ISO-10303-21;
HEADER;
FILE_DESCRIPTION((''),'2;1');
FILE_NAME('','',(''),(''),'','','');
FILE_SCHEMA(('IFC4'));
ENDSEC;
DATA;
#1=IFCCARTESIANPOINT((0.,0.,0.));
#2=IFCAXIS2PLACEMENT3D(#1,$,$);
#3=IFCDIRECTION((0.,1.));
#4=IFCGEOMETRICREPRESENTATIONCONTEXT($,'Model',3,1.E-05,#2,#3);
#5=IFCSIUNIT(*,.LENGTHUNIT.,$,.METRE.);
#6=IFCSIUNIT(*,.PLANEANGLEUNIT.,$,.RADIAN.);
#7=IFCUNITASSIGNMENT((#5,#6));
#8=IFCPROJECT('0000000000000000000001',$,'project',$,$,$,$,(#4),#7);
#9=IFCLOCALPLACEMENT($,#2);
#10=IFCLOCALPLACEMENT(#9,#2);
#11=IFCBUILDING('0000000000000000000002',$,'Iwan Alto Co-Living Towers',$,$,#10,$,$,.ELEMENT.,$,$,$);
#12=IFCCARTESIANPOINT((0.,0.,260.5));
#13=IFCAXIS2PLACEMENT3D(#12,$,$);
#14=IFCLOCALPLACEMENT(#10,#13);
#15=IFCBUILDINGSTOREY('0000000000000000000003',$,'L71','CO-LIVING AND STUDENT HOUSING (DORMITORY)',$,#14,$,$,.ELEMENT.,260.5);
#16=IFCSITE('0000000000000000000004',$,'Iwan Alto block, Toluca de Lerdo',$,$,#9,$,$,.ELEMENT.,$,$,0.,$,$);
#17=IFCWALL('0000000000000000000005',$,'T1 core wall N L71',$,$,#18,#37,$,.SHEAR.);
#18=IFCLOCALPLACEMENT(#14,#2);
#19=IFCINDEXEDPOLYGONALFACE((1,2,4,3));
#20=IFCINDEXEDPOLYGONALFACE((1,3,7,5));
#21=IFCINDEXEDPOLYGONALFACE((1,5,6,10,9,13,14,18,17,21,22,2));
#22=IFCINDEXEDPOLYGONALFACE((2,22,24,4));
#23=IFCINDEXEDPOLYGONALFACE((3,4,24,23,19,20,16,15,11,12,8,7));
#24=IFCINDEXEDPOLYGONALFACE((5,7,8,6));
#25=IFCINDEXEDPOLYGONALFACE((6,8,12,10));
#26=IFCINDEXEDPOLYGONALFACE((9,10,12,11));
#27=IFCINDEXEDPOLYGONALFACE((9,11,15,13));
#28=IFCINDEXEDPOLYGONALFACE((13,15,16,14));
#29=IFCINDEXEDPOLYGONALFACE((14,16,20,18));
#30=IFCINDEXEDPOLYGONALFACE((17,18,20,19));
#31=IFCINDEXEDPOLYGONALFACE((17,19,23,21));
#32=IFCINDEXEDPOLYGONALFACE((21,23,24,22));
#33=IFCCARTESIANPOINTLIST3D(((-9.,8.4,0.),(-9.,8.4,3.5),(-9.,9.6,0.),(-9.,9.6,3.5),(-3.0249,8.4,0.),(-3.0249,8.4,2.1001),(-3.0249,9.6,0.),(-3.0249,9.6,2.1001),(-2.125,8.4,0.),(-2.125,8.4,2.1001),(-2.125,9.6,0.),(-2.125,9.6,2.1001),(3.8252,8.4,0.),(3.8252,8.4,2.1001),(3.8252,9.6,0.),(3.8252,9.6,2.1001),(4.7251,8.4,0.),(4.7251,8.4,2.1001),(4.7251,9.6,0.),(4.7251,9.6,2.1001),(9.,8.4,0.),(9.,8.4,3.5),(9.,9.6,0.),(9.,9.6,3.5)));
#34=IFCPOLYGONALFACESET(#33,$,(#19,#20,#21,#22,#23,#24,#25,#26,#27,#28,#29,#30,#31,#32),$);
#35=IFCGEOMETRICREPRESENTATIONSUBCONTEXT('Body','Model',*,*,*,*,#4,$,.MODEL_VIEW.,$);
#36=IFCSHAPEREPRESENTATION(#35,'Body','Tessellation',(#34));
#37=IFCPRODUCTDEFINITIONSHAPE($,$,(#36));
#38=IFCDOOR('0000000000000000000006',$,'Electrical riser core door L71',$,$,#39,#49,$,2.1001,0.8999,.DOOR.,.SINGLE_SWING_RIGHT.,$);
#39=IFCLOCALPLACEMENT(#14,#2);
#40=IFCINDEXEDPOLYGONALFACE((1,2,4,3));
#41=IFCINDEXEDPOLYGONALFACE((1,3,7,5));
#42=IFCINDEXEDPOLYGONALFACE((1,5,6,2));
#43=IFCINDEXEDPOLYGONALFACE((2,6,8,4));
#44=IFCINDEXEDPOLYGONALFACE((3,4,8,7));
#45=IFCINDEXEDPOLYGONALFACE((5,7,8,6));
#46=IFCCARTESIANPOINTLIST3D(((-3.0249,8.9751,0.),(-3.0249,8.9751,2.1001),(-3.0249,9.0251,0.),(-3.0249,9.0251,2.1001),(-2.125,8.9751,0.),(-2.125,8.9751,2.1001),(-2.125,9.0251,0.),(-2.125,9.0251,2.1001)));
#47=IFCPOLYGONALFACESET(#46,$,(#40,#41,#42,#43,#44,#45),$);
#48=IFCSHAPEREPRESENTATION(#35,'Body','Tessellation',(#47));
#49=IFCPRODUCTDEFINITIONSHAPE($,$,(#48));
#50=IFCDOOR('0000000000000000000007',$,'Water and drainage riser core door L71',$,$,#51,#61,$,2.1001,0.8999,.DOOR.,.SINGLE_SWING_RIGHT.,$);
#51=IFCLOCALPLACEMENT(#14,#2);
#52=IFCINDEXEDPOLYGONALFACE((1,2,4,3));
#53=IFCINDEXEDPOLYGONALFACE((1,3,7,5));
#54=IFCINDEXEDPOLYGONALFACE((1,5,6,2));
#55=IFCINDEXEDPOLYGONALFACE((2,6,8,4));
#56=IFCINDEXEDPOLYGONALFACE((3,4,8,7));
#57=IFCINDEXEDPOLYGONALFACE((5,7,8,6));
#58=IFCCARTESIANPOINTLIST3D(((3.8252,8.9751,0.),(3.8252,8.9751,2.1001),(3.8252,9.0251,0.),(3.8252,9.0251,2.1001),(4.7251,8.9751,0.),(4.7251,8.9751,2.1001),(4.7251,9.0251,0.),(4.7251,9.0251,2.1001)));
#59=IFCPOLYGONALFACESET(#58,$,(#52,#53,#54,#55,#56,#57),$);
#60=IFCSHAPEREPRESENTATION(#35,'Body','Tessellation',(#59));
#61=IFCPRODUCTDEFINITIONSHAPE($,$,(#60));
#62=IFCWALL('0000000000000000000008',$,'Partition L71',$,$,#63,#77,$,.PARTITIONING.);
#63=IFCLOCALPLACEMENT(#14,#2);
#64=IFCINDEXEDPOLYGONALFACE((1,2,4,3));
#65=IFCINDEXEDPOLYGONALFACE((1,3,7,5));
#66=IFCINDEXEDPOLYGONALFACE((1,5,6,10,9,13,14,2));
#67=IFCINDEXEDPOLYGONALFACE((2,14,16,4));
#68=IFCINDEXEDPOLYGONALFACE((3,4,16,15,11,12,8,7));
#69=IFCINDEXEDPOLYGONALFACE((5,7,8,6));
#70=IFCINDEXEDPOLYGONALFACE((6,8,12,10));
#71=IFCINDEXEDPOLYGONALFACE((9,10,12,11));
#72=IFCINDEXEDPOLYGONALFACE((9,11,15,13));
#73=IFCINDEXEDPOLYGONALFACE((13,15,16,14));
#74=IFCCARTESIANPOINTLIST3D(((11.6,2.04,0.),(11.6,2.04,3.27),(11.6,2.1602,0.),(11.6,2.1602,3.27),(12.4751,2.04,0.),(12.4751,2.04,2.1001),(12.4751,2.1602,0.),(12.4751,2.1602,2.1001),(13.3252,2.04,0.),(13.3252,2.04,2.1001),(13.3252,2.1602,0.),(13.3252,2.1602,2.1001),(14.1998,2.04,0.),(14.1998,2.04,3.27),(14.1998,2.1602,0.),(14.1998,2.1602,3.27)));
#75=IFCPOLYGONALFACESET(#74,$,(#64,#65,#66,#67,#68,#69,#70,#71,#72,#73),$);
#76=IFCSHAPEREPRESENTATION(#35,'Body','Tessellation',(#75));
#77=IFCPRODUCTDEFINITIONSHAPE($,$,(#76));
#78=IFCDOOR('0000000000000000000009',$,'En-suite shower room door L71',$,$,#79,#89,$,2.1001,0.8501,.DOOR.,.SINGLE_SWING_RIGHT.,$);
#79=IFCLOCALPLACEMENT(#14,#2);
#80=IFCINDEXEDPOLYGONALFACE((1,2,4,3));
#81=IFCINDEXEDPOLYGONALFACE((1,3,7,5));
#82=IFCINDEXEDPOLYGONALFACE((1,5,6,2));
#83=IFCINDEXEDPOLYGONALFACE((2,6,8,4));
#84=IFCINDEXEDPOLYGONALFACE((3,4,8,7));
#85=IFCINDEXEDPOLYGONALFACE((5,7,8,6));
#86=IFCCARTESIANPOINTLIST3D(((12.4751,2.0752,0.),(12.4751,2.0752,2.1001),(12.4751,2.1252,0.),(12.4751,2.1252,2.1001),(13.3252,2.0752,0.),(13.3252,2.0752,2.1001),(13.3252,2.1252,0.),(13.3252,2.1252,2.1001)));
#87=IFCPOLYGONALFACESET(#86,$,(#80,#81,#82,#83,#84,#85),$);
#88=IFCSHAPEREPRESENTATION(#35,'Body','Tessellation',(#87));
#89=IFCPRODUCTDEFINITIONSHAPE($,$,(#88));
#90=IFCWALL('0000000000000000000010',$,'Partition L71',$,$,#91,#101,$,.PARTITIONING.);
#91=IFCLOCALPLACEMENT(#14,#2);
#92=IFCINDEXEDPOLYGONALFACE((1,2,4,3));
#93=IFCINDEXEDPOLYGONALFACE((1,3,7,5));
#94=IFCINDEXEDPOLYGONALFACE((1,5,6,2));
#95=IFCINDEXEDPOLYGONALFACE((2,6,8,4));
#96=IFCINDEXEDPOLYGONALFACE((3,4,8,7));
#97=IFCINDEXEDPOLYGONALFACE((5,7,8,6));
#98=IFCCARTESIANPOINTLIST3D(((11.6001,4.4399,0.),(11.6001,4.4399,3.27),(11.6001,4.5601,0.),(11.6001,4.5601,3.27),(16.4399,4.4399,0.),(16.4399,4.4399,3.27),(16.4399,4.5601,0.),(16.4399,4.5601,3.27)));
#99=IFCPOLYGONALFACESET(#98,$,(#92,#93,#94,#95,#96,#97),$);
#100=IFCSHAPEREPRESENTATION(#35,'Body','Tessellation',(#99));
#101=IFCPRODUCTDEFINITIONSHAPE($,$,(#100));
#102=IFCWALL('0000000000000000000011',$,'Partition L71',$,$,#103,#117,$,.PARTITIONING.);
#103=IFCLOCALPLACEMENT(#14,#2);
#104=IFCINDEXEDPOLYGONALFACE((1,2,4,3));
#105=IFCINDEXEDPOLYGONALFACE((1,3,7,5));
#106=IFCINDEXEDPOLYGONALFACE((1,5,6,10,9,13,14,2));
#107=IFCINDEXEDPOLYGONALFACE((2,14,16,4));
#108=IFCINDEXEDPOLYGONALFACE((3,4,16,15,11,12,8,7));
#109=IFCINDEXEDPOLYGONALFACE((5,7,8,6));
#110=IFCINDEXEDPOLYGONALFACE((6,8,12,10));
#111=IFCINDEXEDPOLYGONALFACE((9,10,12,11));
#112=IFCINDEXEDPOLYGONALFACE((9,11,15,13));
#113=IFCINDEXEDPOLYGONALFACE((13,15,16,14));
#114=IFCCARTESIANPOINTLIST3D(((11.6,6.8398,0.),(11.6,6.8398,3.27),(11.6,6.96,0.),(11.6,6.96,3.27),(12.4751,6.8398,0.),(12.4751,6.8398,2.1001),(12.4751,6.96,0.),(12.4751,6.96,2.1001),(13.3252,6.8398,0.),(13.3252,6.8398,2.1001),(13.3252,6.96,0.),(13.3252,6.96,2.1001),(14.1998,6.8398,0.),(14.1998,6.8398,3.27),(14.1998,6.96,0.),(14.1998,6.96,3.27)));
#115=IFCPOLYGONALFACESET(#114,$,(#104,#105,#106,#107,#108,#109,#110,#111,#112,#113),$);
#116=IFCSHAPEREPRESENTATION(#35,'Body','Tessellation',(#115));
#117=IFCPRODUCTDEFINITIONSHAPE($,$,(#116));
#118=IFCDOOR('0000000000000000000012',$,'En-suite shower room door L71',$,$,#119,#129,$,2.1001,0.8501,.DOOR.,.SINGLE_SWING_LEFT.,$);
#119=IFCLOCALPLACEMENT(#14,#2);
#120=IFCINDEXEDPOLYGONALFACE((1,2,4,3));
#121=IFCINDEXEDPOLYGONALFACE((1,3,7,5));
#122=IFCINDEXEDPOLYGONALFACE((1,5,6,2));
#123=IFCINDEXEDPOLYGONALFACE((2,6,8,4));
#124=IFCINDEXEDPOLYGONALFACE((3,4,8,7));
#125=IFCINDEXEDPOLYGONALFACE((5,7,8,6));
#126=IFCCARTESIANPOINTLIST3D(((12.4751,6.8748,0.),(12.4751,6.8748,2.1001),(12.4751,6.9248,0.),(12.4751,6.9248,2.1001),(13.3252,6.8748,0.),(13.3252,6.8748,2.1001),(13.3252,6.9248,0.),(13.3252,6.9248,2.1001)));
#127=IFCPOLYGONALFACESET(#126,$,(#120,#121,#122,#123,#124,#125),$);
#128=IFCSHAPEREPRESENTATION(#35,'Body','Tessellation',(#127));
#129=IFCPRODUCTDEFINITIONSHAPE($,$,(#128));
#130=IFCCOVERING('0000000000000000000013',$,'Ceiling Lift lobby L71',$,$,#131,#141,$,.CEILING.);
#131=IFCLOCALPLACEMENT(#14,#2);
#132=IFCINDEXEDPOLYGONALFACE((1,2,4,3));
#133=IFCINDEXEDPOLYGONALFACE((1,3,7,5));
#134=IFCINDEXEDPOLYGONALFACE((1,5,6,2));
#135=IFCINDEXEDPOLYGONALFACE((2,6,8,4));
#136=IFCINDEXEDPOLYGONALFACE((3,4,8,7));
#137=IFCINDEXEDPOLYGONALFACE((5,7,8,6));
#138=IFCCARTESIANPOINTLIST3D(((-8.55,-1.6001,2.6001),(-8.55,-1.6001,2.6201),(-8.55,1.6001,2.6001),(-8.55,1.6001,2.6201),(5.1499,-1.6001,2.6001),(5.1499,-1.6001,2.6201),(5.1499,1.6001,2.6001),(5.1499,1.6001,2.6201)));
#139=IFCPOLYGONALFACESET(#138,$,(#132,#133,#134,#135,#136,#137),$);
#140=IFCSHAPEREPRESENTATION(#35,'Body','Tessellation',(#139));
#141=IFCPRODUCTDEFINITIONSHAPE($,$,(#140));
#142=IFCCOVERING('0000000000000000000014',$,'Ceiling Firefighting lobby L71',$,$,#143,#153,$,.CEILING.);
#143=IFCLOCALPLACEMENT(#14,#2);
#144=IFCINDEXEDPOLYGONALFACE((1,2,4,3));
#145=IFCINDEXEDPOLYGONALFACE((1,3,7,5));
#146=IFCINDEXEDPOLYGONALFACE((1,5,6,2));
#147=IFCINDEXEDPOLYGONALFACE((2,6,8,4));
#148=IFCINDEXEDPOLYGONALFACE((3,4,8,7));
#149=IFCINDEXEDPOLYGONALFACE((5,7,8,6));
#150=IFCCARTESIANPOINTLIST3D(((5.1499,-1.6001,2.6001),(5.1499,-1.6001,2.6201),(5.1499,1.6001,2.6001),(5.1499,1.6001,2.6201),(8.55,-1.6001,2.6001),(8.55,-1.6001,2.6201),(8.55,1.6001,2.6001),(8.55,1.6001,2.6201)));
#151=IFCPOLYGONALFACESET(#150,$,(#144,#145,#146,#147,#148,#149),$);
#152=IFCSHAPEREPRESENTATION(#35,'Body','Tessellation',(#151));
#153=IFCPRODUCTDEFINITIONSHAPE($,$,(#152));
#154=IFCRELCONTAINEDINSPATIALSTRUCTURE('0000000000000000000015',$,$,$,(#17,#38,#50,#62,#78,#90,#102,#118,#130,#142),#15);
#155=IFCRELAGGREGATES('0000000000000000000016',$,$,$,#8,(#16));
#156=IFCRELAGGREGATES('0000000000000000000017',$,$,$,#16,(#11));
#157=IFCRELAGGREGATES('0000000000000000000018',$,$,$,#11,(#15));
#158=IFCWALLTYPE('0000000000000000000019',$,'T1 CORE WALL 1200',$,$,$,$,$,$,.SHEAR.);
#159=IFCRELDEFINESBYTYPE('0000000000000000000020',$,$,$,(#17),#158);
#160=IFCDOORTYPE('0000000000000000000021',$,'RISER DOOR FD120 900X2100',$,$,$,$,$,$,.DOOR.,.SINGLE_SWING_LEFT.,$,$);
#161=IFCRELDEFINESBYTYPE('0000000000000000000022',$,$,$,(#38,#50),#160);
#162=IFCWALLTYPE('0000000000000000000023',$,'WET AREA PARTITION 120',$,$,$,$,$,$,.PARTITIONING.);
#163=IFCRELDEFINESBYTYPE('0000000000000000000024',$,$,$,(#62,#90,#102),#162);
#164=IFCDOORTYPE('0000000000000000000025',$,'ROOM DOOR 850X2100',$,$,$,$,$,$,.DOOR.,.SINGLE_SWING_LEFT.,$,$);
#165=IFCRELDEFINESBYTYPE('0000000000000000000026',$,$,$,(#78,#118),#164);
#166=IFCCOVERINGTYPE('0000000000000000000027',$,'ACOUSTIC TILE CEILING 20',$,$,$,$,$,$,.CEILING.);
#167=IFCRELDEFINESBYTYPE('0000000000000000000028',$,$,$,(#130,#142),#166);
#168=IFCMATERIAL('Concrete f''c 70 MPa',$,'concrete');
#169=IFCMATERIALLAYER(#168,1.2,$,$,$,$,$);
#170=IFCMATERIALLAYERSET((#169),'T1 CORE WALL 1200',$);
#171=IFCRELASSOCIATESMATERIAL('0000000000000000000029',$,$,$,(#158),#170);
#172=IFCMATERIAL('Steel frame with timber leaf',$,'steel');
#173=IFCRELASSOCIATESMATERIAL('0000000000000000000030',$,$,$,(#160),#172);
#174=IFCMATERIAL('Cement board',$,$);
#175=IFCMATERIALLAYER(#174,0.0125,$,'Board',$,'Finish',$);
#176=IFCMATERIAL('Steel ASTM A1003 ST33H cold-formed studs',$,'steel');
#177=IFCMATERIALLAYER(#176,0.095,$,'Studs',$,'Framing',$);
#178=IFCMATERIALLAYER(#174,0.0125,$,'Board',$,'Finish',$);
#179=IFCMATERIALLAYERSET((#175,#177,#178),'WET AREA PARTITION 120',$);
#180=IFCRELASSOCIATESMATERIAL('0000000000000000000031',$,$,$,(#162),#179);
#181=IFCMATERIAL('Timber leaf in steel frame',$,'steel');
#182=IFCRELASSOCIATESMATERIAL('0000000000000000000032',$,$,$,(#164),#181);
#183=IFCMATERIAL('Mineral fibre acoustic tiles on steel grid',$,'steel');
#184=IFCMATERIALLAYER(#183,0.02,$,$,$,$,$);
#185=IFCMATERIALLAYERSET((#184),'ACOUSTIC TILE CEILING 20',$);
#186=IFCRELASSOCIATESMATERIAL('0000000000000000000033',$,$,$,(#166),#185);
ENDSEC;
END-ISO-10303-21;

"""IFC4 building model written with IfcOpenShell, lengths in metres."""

from ifc_helpers import new_model, si_unit, direction, frame, frame_2d, origin, place, context, subcontext, project, spatial, polyline, rectangle, outline, extrude, material, layer, layer_set, type_object, element, fill, save


model = new_model("IFC4")

# Units and contexts
model_context = context("Model", 3, precision=1e-05, world=origin(), true_north=direction((0.0, 1.0)))
body_context = subcontext(model_context, "Body", "Model", "MODEL_VIEW")
ifc_project = project(units=[si_unit("LENGTHUNIT", "METRE"), si_unit("PLANEANGLEUNIT", "RADIAN")], contexts=[model_context])

# Site, building, storey
site_placement = place(None, origin())
site = spatial("IfcSite", under=ifc_project, at=site_placement, Name="Iwan Alto block, Toluca de Lerdo", CompositionType="ELEMENT", RefElevation=0.0)
building_placement = place(site_placement, origin())
building = spatial("IfcBuilding", under=site, at=building_placement, Name="Iwan Alto Co-Living Towers", CompositionType="ELEMENT")
storey_placement = place(building_placement, frame((0.0, 0.0, 260.5)))
storey = spatial("IfcBuildingStorey", under=building, at=storey_placement, Name="L71", Description="CO-LIVING AND STUDENT HOUSING (DORMITORY)", CompositionType="ELEMENT", Elevation=260.5)

# Shared definitions
ifc_material_1 = material(Name="Steel ASTM A1003 ST33H cold-formed studs", Category="steel")

# Wall, openings, doors
ifc_material_2 = material(Name="Concrete f'c 70 MPa", Category="concrete")
ifc_layer_1 = layer(ifc_material_2, 1.2)
ifc_layer_set_1 = layer_set([ifc_layer_1], Name="T1 CORE WALL 1200")
wall_type_1 = type_object("IfcWallType", Name="T1 CORE WALL 1200", PredefinedType="SHEAR", material=ifc_layer_set_1)
wall_1_placement = place(storey_placement, frame((9.0, 9.0, 0.0), z_axis=(0.0, 0.0, 1.0), x_axis=(-1.0, 0.0, 0.0)))
wall_1 = element("IfcWall", 1, at=wall_1_placement, inside=storey, type_object=wall_type_1, Name="T1 core wall N L71", PredefinedType="SHEAR", context=body_context, shape_type="SweptSolid", body=[
    extrude(rectangle(XDim=18.0, YDim=1.2, at=frame_2d((9.0, 0.0))), origin(), (0.0, 0.0, 1.0), 3.5),
])
opening_1_placement = place(wall_1_placement, frame((11.125, 0.0, 0.0)))
opening_1 = element("IfcOpeningElement", 2, at=opening_1_placement, cuts=wall_1, PredefinedType="OPENING", context=body_context, shape_type="SweptSolid", body=[
    extrude(rectangle(XDim=0.8999, YDim=2.1001, at=frame_2d((0.45, 1.05))), frame((0.0, 0.6099, 0.0), z_axis=(0.0, -1.0, 0.0), x_axis=(1.0, 0.0, 0.0)), (0.0, 0.0, 1.0), 1.22),
])
opening_2_placement = place(wall_1_placement, frame((4.2749, 0.0, 0.0)))
opening_2 = element("IfcOpeningElement", 3, at=opening_2_placement, cuts=wall_1, PredefinedType="OPENING", context=body_context, shape_type="SweptSolid", body=[
    extrude(rectangle(XDim=0.8999, YDim=2.1001, at=frame_2d((0.45, 1.05))), frame((0.0, 0.6099, 0.0), z_axis=(0.0, -1.0, 0.0), x_axis=(1.0, 0.0, 0.0)), (0.0, 0.0, 1.0), 1.22),
])
ifc_material_3 = material(Name="Steel frame with timber leaf", Category="steel")
door_type_1 = type_object("IfcDoorType", Name="RISER DOOR FD120 900X2100", OperationType="SINGLE_SWING_LEFT", PredefinedType="DOOR", material=ifc_material_3)
door_1_placement = place(opening_1_placement, origin())
door_1 = element("IfcDoor", 4, at=door_1_placement, inside=storey, type_object=door_type_1, Name="Electrical riser core door L71", OperationType="SINGLE_SWING_RIGHT", OverallHeight=2.1001, OverallWidth=0.8999, PredefinedType="DOOR", context=body_context, shape_type="SweptSolid", body=[
    extrude(rectangle(XDim=0.8999, YDim=2.1001, at=frame_2d((0.45, 1.05))), frame((0.0, 0.0249, 0.0), z_axis=(0.0, -1.0, 0.0), x_axis=(1.0, 0.0, 0.0)), (0.0, 0.0, 1.0), 0.05),
])
fill(opening_1, door_1)
door_2_placement = place(opening_2_placement, origin())
door_2 = element("IfcDoor", 5, at=door_2_placement, inside=storey, type_object=door_type_1, Name="Water and drainage riser core door L71", OperationType="SINGLE_SWING_RIGHT", OverallHeight=2.1001, OverallWidth=0.8999, PredefinedType="DOOR", context=body_context, shape_type="SweptSolid", body=[
    extrude(rectangle(XDim=0.8999, YDim=2.1001, at=frame_2d((0.45, 1.05))), frame((0.0, 0.0249, 0.0), z_axis=(0.0, -1.0, 0.0), x_axis=(1.0, 0.0, 0.0)), (0.0, 0.0, 1.0), 0.05),
])
fill(opening_2, door_2)

# Wall, opening, door
ifc_material_4 = material(Name="Cement board")
ifc_layer_2 = layer(ifc_material_4, 0.0125, Name="Board", Category="Finish")
ifc_layer_3 = layer(ifc_material_1, 0.095, Name="Studs", Category="Framing")
ifc_layer_4 = layer(ifc_material_4, 0.0125, Name="Board", Category="Finish")
ifc_layer_set_2 = layer_set([ifc_layer_2, ifc_layer_3, ifc_layer_4], Name="WET AREA PARTITION 120")
wall_type_2 = type_object("IfcWallType", Name="WET AREA PARTITION 120", PredefinedType="PARTITIONING", material=ifc_layer_set_2)
wall_2_placement = place(storey_placement, frame((11.6001, 2.1001, 0.0), z_axis=(0.0, 0.0, 1.0), x_axis=(1.0, 0.0, 0.0)))
wall_2 = element("IfcWall", 6, at=wall_2_placement, inside=storey, type_object=wall_type_2, Name="Partition L71", PredefinedType="PARTITIONING", context=body_context, shape_type="SweptSolid", body=[
    extrude(rectangle(XDim=2.5999, YDim=0.1201, at=frame_2d((1.2998, 0.0))), origin(), (0.0, 0.0, 1.0), 3.27),
])
opening_3_placement = place(wall_2_placement, frame((0.875, 0.0, 0.0)))
opening_3 = element("IfcOpeningElement", 7, at=opening_3_placement, cuts=wall_2, PredefinedType="OPENING", context=body_context, shape_type="SweptSolid", body=[
    extrude(rectangle(XDim=0.8501, YDim=2.1001, at=frame_2d((0.425, 1.05))), frame((0.0, 0.0701, 0.0), z_axis=(0.0, -1.0, 0.0), x_axis=(1.0, 0.0, 0.0)), (0.0, 0.0, 1.0), 0.1401),
])
ifc_material_5 = material(Name="Timber leaf in steel frame", Category="steel")
door_type_2 = type_object("IfcDoorType", Name="ROOM DOOR 850X2100", OperationType="SINGLE_SWING_LEFT", PredefinedType="DOOR", material=ifc_material_5)
door_3_placement = place(opening_3_placement, frame((0.8501, 0.0, 0.0), z_axis=(0.0, 0.0, 1.0), x_axis=(-1.0, 0.0, 0.0)))
door_3 = element("IfcDoor", 8, at=door_3_placement, inside=storey, type_object=door_type_2, Name="En-suite shower room door L71", OperationType="SINGLE_SWING_RIGHT", OverallHeight=2.1001, OverallWidth=0.8501, PredefinedType="DOOR", context=body_context, shape_type="SweptSolid", body=[
    extrude(rectangle(XDim=0.8501, YDim=2.1001, at=frame_2d((0.425, 1.05))), frame((0.0, 0.0249, 0.0), z_axis=(0.0, -1.0, 0.0), x_axis=(1.0, 0.0, 0.0)), (0.0, 0.0, 1.0), 0.05),
])
fill(opening_3, door_3)

# Wall
wall_3_placement = place(storey_placement, frame((11.6001, 4.5, 0.0), z_axis=(0.0, 0.0, 1.0), x_axis=(1.0, 0.0, 0.0)))
element("IfcWall", 9, at=wall_3_placement, inside=storey, type_object=wall_type_2, Name="Partition L71", PredefinedType="PARTITIONING", context=body_context, shape_type="SweptSolid", body=[
    extrude(rectangle(XDim=4.8398, YDim=0.1201, at=frame_2d((2.4199, 0.0))), origin(), (0.0, 0.0, 1.0), 3.27),
])

# Wall, opening, door
wall_4_placement = place(storey_placement, frame((11.6001, 6.8999, 0.0), z_axis=(0.0, 0.0, 1.0), x_axis=(1.0, 0.0, 0.0)))
wall_4 = element("IfcWall", 10, at=wall_4_placement, inside=storey, type_object=wall_type_2, Name="Partition L71", PredefinedType="PARTITIONING", context=body_context, shape_type="SweptSolid", body=[
    extrude(rectangle(XDim=2.5999, YDim=0.1201, at=frame_2d((1.2998, 0.0))), origin(), (0.0, 0.0, 1.0), 3.27),
])
opening_4_placement = place(wall_4_placement, frame((0.875, 0.0, 0.0)))
opening_4 = element("IfcOpeningElement", 11, at=opening_4_placement, cuts=wall_4, PredefinedType="OPENING", context=body_context, shape_type="SweptSolid", body=[
    extrude(rectangle(XDim=0.8501, YDim=2.1001, at=frame_2d((0.425, 1.05))), frame((0.0, 0.0701, 0.0), z_axis=(0.0, -1.0, 0.0), x_axis=(1.0, 0.0, 0.0)), (0.0, 0.0, 1.0), 0.1401),
])
door_4_placement = place(opening_4_placement, origin())
door_4 = element("IfcDoor", 12, at=door_4_placement, inside=storey, type_object=door_type_2, Name="En-suite shower room door L71", OperationType="SINGLE_SWING_LEFT", OverallHeight=2.1001, OverallWidth=0.8501, PredefinedType="DOOR", context=body_context, shape_type="SweptSolid", body=[
    extrude(rectangle(XDim=0.8501, YDim=2.1001, at=frame_2d((0.425, 1.05))), frame((0.0, 0.0249, 0.0), z_axis=(0.0, -1.0, 0.0), x_axis=(1.0, 0.0, 0.0)), (0.0, 0.0, 1.0), 0.05),
])
fill(opening_4, door_4)

# Coverings
ifc_material_6 = material(Name="Mineral fibre acoustic tiles on steel grid", Category="steel")
ifc_layer_5 = layer(ifc_material_6, 0.02)
ifc_layer_set_3 = layer_set([ifc_layer_5], Name="ACOUSTIC TILE CEILING 20")
covering_type_1 = type_object("IfcCoveringType", Name="ACOUSTIC TILE CEILING 20", PredefinedType="CEILING", material=ifc_layer_set_3)
covering_1_placement = place(storey_placement, frame((0.0, 0.0, 2.6001)))
element("IfcCovering", 13, at=covering_1_placement, inside=storey, type_object=covering_type_1, Name="Ceiling Lift lobby L71", PredefinedType="CEILING", context=body_context, shape_type="SweptSolid", body=[
    extrude(outline(polyline([(-8.55, -1.6001), (-8.55, 1.6001), (5.1499, 1.6001), (5.1499, -1.6001), (-8.55, -1.6001)])), origin(), (0.0, 0.0, 1.0), 0.02),
])
covering_2_placement = place(storey_placement, frame((0.0, 0.0, 2.6001)))
element("IfcCovering", 14, at=covering_2_placement, inside=storey, type_object=covering_type_1, Name="Ceiling Firefighting lobby L71", PredefinedType="CEILING", context=body_context, shape_type="SweptSolid", body=[
    extrude(outline(polyline([(5.1499, -1.6001), (5.1499, 1.6001), (8.55, 1.6001), (8.55, -1.6001), (5.1499, -1.6001)])), origin(), (0.0, 0.0, 1.0), 0.02),
])

save(model, "model.ifc")
